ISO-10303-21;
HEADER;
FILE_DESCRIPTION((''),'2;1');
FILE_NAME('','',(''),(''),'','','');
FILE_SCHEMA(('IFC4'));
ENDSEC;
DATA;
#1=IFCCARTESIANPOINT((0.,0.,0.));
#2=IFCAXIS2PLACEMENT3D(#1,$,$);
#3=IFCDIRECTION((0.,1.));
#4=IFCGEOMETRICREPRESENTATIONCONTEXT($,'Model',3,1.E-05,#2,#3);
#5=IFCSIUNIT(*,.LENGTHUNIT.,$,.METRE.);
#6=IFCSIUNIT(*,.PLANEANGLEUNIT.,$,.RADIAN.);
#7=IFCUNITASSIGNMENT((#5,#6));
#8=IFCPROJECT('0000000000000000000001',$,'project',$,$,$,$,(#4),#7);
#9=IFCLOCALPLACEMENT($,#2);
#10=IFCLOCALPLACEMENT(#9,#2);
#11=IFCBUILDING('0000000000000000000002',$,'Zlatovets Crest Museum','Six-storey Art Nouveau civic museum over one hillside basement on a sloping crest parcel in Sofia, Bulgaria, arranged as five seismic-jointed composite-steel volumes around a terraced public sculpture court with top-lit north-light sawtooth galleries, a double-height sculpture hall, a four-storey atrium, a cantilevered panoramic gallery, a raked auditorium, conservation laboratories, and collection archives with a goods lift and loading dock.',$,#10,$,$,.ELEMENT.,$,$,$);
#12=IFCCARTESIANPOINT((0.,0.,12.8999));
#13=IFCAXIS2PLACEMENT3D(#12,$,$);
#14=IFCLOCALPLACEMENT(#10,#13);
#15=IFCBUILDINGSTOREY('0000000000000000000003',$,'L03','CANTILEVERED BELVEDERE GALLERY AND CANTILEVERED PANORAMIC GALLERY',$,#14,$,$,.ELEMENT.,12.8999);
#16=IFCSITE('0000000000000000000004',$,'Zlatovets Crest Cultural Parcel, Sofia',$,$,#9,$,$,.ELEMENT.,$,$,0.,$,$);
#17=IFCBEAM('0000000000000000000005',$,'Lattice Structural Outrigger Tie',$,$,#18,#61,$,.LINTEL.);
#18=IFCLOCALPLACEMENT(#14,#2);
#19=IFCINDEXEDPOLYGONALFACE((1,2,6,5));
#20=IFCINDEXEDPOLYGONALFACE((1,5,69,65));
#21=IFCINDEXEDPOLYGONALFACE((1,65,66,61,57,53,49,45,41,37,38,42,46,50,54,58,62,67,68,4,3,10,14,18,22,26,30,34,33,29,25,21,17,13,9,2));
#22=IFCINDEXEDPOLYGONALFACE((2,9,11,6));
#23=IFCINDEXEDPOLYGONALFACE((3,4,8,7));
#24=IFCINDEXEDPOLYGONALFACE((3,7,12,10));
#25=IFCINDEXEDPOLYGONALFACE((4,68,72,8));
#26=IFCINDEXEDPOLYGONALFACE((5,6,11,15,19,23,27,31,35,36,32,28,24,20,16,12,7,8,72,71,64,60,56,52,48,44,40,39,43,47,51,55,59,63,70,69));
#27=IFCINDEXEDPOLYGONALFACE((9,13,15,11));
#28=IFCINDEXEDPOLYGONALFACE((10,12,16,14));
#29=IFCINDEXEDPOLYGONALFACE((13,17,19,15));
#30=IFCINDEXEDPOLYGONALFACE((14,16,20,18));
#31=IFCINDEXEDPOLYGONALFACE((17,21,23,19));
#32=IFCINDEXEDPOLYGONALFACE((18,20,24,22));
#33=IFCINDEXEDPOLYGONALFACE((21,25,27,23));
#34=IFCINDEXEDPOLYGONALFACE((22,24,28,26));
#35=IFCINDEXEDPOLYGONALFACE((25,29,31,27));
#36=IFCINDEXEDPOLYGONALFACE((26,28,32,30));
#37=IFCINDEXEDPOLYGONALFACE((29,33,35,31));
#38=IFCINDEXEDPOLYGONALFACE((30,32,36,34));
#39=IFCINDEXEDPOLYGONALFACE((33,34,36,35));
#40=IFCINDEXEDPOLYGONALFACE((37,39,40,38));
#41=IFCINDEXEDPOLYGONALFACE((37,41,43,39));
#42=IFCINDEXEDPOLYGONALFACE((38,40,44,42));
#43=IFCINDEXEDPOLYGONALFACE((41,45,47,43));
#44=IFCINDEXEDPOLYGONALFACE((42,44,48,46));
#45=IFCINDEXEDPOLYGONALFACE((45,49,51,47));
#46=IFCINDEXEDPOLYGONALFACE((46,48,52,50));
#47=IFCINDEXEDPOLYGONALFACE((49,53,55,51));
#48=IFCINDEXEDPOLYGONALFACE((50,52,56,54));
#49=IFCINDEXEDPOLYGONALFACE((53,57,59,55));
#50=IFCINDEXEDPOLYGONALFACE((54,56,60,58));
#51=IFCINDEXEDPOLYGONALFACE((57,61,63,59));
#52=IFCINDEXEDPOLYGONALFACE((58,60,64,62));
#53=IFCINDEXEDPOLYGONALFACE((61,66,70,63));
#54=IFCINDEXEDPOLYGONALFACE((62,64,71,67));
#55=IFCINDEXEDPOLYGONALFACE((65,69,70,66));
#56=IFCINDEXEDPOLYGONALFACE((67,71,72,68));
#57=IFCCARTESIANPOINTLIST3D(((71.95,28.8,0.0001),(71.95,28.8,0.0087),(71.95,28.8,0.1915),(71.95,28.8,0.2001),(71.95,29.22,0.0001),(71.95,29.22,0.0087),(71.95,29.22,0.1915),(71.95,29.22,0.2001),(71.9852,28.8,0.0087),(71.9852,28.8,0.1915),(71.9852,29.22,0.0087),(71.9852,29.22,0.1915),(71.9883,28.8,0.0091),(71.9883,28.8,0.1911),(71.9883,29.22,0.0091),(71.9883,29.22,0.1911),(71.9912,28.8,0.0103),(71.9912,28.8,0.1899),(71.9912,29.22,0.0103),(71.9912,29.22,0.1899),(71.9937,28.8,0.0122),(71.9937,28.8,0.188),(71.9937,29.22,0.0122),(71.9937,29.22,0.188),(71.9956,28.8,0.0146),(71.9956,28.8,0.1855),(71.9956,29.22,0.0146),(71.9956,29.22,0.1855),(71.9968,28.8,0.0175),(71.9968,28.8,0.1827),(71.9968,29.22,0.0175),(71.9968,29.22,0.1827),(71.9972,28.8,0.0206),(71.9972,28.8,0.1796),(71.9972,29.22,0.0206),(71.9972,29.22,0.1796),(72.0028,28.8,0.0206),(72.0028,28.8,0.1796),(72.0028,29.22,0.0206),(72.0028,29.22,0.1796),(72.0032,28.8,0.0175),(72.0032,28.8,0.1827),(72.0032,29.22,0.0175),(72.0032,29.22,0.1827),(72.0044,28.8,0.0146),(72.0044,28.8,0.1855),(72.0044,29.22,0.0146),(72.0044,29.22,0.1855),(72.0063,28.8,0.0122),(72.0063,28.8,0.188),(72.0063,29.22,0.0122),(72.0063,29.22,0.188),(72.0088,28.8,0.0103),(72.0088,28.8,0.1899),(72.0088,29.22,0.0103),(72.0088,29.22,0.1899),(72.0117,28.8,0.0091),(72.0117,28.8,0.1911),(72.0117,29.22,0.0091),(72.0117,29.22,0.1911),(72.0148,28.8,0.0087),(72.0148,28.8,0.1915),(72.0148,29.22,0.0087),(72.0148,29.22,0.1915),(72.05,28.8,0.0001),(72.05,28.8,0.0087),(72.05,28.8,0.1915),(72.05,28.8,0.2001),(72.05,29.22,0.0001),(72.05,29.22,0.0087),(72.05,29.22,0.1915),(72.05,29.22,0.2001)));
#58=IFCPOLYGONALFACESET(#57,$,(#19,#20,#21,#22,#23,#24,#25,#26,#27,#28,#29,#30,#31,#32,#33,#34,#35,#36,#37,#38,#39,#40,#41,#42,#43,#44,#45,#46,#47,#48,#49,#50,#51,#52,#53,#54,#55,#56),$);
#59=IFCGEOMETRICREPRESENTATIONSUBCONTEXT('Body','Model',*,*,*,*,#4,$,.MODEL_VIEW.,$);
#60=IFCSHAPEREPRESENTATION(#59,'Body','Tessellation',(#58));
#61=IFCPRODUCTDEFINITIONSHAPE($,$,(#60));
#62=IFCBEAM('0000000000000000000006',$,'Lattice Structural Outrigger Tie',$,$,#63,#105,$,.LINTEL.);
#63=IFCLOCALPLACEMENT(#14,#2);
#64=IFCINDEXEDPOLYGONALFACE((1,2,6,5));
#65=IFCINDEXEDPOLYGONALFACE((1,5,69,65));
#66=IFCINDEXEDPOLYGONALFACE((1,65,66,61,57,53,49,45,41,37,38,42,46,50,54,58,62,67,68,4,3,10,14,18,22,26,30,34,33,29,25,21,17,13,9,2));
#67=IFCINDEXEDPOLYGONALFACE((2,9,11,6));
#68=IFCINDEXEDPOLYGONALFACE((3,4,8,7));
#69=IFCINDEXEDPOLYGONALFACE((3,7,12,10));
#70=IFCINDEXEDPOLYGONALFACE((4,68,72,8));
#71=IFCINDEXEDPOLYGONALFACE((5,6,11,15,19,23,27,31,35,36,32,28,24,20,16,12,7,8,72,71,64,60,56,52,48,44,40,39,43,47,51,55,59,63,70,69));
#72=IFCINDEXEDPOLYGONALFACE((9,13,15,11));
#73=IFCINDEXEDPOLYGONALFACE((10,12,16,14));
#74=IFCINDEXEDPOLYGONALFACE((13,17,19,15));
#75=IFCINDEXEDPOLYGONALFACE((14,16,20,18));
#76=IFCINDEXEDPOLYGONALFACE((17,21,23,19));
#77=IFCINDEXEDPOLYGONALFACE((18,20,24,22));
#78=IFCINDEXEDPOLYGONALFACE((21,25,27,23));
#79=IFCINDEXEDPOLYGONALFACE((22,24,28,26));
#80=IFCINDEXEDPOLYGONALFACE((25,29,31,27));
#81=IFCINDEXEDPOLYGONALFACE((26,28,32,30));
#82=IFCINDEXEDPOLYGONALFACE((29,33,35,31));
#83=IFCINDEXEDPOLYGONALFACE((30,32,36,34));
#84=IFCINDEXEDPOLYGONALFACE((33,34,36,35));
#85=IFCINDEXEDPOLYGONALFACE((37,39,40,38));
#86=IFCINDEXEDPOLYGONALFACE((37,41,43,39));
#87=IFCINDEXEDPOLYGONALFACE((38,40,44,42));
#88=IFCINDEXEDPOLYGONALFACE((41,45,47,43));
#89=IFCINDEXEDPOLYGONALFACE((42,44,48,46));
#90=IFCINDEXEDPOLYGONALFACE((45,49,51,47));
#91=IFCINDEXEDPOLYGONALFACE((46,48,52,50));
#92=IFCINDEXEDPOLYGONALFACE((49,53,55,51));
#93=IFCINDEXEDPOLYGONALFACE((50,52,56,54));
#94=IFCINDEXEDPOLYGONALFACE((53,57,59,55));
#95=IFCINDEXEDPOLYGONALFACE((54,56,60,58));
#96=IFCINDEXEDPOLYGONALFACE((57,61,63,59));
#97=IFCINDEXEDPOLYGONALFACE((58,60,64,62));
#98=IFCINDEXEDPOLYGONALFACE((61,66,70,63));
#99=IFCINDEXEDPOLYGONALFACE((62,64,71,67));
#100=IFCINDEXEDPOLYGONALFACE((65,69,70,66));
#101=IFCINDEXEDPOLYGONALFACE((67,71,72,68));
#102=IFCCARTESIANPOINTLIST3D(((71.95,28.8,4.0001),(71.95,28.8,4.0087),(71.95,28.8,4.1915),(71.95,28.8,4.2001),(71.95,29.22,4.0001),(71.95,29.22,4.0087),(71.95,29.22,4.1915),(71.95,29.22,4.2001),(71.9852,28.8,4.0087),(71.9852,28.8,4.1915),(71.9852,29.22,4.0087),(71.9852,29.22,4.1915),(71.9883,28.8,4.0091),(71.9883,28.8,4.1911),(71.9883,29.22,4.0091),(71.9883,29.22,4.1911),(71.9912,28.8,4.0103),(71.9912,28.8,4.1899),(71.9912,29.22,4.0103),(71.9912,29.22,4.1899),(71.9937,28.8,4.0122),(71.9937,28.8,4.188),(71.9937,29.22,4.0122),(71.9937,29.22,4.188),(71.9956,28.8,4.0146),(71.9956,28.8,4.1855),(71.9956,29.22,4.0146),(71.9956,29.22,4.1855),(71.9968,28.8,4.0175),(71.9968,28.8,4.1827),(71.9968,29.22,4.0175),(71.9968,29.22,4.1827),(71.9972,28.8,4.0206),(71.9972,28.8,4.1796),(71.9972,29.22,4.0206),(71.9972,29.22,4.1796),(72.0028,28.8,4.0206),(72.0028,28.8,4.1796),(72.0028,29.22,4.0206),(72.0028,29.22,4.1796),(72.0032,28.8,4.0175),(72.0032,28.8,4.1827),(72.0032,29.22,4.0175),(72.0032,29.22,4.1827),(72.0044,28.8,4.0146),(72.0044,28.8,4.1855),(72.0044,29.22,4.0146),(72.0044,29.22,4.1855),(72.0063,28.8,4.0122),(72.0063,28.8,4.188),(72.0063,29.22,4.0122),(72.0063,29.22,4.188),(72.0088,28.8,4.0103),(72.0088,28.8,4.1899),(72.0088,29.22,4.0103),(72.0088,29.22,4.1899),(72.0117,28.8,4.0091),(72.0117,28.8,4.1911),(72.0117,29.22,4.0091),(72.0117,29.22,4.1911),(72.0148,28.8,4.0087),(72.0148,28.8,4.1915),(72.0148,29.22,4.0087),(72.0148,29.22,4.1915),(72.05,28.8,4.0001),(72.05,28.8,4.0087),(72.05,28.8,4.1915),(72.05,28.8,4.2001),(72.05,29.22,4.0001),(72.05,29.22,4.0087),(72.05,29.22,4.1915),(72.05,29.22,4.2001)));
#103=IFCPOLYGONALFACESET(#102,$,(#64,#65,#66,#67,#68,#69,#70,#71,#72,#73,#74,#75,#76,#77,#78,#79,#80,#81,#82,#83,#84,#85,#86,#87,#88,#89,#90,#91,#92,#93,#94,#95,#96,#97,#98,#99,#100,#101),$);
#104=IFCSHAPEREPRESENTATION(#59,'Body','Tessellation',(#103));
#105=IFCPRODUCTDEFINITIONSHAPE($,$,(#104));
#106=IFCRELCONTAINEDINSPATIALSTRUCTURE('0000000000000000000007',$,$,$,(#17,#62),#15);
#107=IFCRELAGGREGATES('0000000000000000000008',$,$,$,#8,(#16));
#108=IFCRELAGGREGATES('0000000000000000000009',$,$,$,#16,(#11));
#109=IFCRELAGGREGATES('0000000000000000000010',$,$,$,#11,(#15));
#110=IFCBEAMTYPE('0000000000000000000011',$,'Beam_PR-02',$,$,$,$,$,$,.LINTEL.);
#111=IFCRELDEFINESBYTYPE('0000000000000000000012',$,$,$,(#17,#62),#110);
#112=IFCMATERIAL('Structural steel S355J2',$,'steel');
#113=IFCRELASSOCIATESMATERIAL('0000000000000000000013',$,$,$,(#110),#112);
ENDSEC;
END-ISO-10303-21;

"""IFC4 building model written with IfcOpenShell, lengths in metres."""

from ifc_helpers import new_model, si_unit, direction, frame, origin, origin_2d, place, context, subcontext, project, spatial, i_section, extrude, material, material_profile, profile_set, type_object, element, save


model = new_model("IFC4")

# Units and contexts
model_context = context("Model", 3, precision=1e-05, world=origin(), true_north=direction((0.0, 1.0)))
body_context = subcontext(model_context, "Body", "Model", "MODEL_VIEW")
ifc_project = project(units=[si_unit("LENGTHUNIT", "METRE"), si_unit("PLANEANGLEUNIT", "RADIAN")], contexts=[model_context])

# Site, building, storey
site_placement = place(None, origin())
site = spatial("IfcSite", under=ifc_project, at=site_placement, Name="Zlatovets Crest Cultural Parcel, Sofia", CompositionType="ELEMENT", RefElevation=0.0)
building_placement = place(site_placement, origin())
building = spatial("IfcBuilding", under=site, at=building_placement, Name="Zlatovets Crest Museum", Description="Six-storey Art Nouveau civic museum over one hillside basement on a sloping crest parcel in Sofia, Bulgaria, arranged as five seismic-jointed composite-steel volumes around a terraced public sculpture court with top-lit north-light sawtooth galleries, a double-height sculpture hall, a four-storey atrium, a cantilevered panoramic gallery, a raked auditorium, conservation laboratories, and collection archives with a goods lift and loading dock.", CompositionType="ELEMENT")
storey_placement = place(building_placement, frame((0.0, 0.0, 12.8999)))
storey = spatial("IfcBuildingStorey", under=building, at=storey_placement, Name="L03", Description="CANTILEVERED BELVEDERE GALLERY AND CANTILEVERED PANORAMIC GALLERY", CompositionType="ELEMENT", Elevation=12.8999)

# Shared definitions
ifc_material_1 = material(Name="Structural steel S355J2", Category="steel")

# Beams
ifc_material_profile_1 = material_profile(ifc_material_1, i_section(OverallWidth=0.1001, OverallDepth=0.2, WebThickness=0.0056, FlangeThickness=0.0085, FilletRadius=0.012, at=origin_2d()), Name="IPE 200")
ifc_profile_set_1 = profile_set([ifc_material_profile_1], Name="Structural steel S355J2")
beam_type_1 = type_object("IfcBeamType", Name="Beam_PR-02", PredefinedType="LINTEL", material=ifc_profile_set_1)
for number, where, z_axis, x_axis, name in (
    (1, (72.0, 28.8, 0.1001), (0.0, 1.0, 0.0), (-1.0, 0.0, 0.0), "Lattice Structural Outrigger Tie"),
    (2, (72.0, 28.8, 4.1001), (0.0, 1.0, 0.0), (-1.0, 0.0, 0.0), "Lattice Structural Outrigger Tie"),
):
    element("IfcBeam", number, at=place(storey_placement, frame(where, z_axis=z_axis, x_axis=x_axis)), inside=storey, type_object=beam_type_1, Name=name, PredefinedType="LINTEL", context=body_context, shape_type="SweptSolid", body=[
        extrude(i_section(OverallWidth=0.1001, OverallDepth=0.2, WebThickness=0.0056, FlangeThickness=0.0085, FilletRadius=0.012, at=origin_2d()), origin(), (0.0, 0.0, 1.0), 0.4199),
    ])

save(model, "model.ifc")
